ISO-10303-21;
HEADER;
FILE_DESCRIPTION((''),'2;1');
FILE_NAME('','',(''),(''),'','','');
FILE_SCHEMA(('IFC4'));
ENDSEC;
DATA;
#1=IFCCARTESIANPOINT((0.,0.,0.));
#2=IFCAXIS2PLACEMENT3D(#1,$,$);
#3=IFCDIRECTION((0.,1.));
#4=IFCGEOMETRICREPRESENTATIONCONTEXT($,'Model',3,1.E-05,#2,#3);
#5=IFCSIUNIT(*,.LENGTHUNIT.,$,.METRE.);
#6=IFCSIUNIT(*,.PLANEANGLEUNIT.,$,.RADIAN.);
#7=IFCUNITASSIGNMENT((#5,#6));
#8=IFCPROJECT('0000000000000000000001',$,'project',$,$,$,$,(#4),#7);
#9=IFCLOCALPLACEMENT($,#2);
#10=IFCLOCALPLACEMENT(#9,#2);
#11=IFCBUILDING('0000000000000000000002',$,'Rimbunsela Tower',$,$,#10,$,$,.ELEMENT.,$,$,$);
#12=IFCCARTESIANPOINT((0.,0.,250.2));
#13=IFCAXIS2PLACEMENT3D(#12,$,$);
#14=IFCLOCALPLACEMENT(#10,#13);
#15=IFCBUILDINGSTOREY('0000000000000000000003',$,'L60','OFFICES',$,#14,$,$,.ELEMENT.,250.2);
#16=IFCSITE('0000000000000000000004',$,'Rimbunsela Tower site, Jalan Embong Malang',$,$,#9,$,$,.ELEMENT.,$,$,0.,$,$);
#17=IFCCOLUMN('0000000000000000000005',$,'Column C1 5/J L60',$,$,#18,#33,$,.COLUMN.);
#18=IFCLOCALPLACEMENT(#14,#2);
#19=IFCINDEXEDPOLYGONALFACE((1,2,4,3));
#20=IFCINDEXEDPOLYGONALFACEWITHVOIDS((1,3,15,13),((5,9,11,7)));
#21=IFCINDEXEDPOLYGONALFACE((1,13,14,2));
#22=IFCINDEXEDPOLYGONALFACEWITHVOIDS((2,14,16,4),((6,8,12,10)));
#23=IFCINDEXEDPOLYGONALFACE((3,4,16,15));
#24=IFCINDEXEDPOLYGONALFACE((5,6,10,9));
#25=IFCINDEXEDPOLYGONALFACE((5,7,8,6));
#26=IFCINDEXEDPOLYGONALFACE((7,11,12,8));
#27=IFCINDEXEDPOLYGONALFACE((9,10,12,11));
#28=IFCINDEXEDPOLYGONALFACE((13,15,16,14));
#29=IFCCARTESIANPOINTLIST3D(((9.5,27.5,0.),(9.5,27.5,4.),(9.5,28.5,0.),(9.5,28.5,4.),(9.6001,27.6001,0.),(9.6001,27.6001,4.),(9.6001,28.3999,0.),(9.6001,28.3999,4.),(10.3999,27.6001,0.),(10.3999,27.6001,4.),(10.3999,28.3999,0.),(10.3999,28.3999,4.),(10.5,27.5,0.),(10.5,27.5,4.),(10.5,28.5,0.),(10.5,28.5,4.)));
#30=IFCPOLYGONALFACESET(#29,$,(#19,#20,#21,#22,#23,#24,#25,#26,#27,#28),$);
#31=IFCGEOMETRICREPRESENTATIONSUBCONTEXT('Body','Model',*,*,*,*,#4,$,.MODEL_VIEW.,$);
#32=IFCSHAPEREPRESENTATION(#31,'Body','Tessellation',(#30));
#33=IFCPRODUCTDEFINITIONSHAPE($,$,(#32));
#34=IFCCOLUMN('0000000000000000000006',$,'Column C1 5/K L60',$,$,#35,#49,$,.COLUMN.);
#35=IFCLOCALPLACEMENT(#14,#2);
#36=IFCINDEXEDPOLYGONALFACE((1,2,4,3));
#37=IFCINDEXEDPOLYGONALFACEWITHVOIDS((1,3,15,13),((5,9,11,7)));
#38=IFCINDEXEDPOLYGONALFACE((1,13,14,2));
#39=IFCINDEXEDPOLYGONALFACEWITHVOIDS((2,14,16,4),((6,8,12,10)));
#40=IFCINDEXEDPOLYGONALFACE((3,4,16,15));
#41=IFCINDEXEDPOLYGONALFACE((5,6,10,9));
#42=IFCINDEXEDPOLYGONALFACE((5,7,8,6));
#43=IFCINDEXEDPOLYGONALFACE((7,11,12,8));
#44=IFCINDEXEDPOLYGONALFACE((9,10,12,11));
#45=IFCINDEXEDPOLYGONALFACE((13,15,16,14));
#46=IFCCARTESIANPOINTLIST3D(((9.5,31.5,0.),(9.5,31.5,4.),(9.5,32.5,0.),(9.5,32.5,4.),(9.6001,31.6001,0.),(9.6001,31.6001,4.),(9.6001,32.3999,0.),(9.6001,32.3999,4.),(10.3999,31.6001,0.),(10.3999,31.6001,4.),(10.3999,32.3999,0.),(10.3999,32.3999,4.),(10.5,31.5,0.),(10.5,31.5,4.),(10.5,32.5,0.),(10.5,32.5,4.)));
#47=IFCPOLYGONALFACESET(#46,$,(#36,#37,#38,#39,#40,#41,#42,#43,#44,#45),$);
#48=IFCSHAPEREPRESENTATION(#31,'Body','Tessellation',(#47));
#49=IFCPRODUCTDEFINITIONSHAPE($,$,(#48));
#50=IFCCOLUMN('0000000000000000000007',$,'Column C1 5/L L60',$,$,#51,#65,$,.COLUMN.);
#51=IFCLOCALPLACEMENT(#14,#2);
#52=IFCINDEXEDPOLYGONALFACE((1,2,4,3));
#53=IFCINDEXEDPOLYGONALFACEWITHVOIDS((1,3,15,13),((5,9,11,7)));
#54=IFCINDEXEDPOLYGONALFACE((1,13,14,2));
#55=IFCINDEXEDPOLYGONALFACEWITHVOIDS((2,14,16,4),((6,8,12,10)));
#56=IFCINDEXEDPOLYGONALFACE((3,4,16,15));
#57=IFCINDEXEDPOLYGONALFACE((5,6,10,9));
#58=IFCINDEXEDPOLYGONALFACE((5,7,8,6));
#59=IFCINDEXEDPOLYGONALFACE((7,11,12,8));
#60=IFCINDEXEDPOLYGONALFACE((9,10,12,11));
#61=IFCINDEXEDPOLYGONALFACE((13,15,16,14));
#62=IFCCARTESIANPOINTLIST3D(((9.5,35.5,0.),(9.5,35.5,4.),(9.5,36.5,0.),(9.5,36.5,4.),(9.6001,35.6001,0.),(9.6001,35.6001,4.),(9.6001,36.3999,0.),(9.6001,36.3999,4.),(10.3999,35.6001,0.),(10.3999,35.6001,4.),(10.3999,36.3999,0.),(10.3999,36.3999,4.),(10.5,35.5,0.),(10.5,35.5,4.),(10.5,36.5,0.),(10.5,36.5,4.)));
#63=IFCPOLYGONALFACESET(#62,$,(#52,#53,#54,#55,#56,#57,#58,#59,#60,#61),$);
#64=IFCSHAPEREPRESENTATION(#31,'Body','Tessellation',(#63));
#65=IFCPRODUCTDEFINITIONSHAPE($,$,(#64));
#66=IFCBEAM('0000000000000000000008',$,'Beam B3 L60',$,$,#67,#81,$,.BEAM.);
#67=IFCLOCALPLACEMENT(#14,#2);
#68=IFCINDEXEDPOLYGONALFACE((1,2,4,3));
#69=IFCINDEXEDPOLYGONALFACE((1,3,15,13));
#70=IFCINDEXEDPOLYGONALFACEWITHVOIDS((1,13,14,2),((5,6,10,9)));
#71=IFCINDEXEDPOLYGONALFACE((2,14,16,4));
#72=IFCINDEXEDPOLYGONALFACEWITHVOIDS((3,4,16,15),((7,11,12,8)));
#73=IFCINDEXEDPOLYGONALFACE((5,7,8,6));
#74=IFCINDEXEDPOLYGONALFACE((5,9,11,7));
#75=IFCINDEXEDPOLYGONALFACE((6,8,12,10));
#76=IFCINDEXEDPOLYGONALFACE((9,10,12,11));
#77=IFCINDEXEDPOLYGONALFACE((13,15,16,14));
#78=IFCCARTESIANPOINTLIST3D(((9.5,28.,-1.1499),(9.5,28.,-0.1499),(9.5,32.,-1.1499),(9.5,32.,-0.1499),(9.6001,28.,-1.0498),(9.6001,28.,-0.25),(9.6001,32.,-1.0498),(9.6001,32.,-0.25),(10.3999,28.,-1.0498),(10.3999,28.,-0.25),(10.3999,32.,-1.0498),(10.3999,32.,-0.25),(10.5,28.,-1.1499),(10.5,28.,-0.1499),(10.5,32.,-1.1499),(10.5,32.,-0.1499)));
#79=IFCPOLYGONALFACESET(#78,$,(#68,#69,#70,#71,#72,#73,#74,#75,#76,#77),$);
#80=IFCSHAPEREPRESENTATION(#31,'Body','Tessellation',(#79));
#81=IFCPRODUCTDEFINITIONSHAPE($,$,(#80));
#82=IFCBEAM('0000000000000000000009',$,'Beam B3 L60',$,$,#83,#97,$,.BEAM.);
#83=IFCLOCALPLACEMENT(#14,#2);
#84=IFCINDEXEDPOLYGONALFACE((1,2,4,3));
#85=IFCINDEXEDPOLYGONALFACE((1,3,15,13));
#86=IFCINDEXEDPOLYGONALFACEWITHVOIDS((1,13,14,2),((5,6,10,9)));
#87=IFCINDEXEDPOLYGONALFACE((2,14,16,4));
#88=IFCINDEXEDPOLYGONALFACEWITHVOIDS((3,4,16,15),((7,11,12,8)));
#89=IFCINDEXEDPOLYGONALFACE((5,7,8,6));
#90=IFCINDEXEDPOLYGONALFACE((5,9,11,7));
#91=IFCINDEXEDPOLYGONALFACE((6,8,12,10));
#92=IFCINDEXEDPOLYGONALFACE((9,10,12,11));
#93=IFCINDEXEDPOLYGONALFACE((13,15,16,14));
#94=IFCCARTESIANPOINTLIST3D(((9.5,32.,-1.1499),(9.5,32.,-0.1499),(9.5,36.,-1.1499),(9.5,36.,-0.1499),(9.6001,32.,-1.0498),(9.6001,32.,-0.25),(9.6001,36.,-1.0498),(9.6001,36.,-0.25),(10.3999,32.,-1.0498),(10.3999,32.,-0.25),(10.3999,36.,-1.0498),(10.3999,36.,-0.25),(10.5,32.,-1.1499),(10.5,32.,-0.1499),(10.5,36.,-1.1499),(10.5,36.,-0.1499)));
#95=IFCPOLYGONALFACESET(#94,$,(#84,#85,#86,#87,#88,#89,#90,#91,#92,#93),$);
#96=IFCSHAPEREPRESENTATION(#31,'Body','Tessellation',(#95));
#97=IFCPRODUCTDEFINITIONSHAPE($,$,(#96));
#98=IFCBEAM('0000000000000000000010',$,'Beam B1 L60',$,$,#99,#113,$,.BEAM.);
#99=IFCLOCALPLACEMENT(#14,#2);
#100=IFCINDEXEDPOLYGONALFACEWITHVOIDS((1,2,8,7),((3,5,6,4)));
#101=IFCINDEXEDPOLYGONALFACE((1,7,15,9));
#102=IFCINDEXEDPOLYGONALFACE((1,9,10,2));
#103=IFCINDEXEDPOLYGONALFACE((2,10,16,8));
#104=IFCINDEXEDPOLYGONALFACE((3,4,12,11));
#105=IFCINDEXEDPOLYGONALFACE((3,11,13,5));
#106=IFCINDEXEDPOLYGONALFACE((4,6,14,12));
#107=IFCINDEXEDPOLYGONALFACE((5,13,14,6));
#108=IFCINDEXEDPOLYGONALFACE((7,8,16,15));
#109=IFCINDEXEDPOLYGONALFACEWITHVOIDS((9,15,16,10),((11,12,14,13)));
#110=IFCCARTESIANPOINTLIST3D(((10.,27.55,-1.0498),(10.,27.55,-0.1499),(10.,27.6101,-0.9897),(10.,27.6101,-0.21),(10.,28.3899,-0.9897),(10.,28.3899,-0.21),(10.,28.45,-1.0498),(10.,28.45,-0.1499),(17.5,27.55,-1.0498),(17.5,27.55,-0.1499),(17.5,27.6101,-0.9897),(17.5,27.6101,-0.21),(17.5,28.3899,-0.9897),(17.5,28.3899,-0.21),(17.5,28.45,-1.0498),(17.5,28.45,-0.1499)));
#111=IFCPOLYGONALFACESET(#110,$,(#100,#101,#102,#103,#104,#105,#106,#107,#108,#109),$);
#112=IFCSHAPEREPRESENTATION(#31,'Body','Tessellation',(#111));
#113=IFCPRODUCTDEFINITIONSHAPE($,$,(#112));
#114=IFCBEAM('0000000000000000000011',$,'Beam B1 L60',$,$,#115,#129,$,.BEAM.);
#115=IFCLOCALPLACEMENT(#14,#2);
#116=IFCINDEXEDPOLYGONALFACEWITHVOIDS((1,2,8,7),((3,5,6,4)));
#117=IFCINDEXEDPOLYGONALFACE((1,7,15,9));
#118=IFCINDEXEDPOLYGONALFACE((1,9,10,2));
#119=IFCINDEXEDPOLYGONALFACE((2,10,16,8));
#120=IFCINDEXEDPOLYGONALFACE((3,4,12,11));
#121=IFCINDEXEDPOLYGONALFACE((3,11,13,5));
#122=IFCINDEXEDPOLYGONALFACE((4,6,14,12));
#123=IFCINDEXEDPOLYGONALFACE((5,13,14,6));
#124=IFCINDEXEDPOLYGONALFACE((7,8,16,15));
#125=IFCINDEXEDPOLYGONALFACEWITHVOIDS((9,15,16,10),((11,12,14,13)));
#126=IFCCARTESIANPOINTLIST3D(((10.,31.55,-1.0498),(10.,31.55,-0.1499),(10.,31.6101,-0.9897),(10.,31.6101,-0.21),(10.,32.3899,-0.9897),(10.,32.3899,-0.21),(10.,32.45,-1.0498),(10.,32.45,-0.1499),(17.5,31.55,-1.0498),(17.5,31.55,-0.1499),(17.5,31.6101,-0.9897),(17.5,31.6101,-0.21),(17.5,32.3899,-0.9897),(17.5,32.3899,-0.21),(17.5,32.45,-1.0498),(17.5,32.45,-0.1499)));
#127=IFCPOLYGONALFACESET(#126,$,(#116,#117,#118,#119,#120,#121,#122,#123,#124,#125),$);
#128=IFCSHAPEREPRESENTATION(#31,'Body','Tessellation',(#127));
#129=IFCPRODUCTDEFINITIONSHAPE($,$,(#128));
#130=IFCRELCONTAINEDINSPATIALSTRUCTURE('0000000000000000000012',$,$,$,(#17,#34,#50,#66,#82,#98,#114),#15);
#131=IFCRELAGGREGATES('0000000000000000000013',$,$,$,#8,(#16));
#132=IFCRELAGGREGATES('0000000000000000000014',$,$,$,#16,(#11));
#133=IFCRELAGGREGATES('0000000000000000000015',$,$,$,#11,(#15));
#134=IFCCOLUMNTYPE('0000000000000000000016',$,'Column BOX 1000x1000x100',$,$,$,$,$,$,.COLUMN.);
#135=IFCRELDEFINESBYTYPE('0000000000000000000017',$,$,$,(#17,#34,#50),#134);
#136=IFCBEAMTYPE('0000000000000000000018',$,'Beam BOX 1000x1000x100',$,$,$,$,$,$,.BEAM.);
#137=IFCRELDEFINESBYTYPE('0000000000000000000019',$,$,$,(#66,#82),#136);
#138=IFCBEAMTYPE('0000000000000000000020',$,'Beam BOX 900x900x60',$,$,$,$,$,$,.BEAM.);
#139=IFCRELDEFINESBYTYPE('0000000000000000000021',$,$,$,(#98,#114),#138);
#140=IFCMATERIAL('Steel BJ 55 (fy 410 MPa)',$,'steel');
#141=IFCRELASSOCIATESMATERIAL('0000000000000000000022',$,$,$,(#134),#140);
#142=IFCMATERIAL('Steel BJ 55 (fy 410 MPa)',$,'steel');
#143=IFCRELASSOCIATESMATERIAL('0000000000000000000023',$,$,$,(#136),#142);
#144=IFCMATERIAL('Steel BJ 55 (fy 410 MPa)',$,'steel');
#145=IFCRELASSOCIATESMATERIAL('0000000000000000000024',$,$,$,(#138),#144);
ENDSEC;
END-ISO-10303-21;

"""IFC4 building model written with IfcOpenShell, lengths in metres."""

from ifc_helpers import new_model, si_unit, direction, frame, origin, origin_2d, place, context, subcontext, project, spatial, hollow_rectangle, extrude, material, material_profile, profile_set, type_object, element, save


model = new_model("IFC4")

# Units and contexts
model_context = context("Model", 3, precision=1e-05, world=origin(), true_north=direction((0.0, 1.0)))
body_context = subcontext(model_context, "Body", "Model", "MODEL_VIEW")
ifc_project = project(units=[si_unit("LENGTHUNIT", "METRE"), si_unit("PLANEANGLEUNIT", "RADIAN")], contexts=[model_context])

# Site, building, storey
site_placement = place(None, origin())
site = spatial("IfcSite", under=ifc_project, at=site_placement, Name="Rimbunsela Tower site, Jalan Embong Malang", CompositionType="ELEMENT", RefElevation=0.0)
building_placement = place(site_placement, origin())
building = spatial("IfcBuilding", under=site, at=building_placement, Name="Rimbunsela Tower", CompositionType="ELEMENT")
storey_placement = place(building_placement, frame((0.0, 0.0, 250.2)))
storey = spatial("IfcBuildingStorey", under=building, at=storey_placement, Name="L60", Description="OFFICES", CompositionType="ELEMENT", Elevation=250.2)

# Columns
ifc_material_1 = material(Name="Steel BJ 55 (fy 410 MPa)", Category="steel")
ifc_material_profile_1 = material_profile(ifc_material_1, hollow_rectangle(XDim=1.0, YDim=1.0, WallThickness=0.1001, at=origin_2d()), Name="BOX 1000x1000x100")
ifc_profile_set_1 = profile_set([ifc_material_profile_1], Name="Steel BJ 55 (fy 410 MPa)")
column_type = type_object("IfcColumnType", Name="Column BOX 1000x1000x100", PredefinedType="COLUMN", material=ifc_profile_set_1)
for number, where, z_axis, x_axis, name in (
    (1, (10.0, 28.0, 0.0), (0.0, 0.0, 1.0), (1.0, 0.0, 0.0), "Column C1 5/J L60"),
    (2, (10.0, 32.0, 0.0), (0.0, 0.0, 1.0), (1.0, 0.0, 0.0), "Column C1 5/K L60"),
    (3, (10.0, 36.0, 0.0), (0.0, 0.0, 1.0), (1.0, 0.0, 0.0), "Column C1 5/L L60"),
):
    element("IfcColumn", number, at=place(storey_placement, frame(where, z_axis=z_axis, x_axis=x_axis)), inside=storey, type_object=column_type, Name=name, PredefinedType="COLUMN", context=body_context, shape_type="SweptSolid", body=[
        extrude(hollow_rectangle(XDim=1.0, YDim=1.0, WallThickness=0.1001, at=origin_2d()), origin(), (0.0, 0.0, 1.0), 4.0),
    ])

# Beams
ifc_material_2 = material(Name="Steel BJ 55 (fy 410 MPa)", Category="steel")
ifc_material_profile_2 = material_profile(ifc_material_2, hollow_rectangle(XDim=1.0, YDim=1.0, WallThickness=0.1001, at=origin_2d()), Name="BOX 1000x1000x100")
ifc_profile_set_2 = profile_set([ifc_material_profile_2], Name="Steel BJ 55 (fy 410 MPa)")
beam_type_1 = type_object("IfcBeamType", Name="Beam BOX 1000x1000x100", PredefinedType="BEAM", material=ifc_profile_set_2)
for number, where, z_axis, x_axis, name in (
    (4, (10.0, 28.0, -0.6499), (0.0, 1.0, 0.0), (-1.0, 0.0, 0.0), "Beam B3 L60"),
    (5, (10.0, 32.0, -0.6499), (0.0, 1.0, 0.0), (-1.0, 0.0, 0.0), "Beam B3 L60"),
):
    element("IfcBeam", number, at=place(storey_placement, frame(where, z_axis=z_axis, x_axis=x_axis)), inside=storey, type_object=beam_type_1, Name=name, PredefinedType="BEAM", context=body_context, shape_type="SweptSolid", body=[
        extrude(hollow_rectangle(XDim=1.0, YDim=1.0, WallThickness=0.1001, at=origin_2d()), origin(), (0.0, 0.0, 1.0), 4.0),
    ])
ifc_material_3 = material(Name="Steel BJ 55 (fy 410 MPa)", Category="steel")
ifc_material_profile_3 = material_profile(ifc_material_3, hollow_rectangle(XDim=0.8999, YDim=0.8999, WallThickness=0.0601, at=origin_2d()), Name="BOX 900x900x60")
ifc_profile_set_3 = profile_set([ifc_material_profile_3], Name="Steel BJ 55 (fy 410 MPa)")
beam_type_2 = type_object("IfcBeamType", Name="Beam BOX 900x900x60", PredefinedType="BEAM", material=ifc_profile_set_3)
for number, where, z_axis, x_axis, name in (
    (6, (10.0, 28.0, -0.5999), (1.0, 0.0, 0.0), (0.0, 1.0, 0.0), "Beam B1 L60"),
    (7, (10.0, 32.0, -0.5999), (1.0, 0.0, 0.0), (0.0, 1.0, 0.0), "Beam B1 L60"),
):
    element("IfcBeam", number, at=place(storey_placement, frame(where, z_axis=z_axis, x_axis=x_axis)), inside=storey, type_object=beam_type_2, Name=name, PredefinedType="BEAM", context=body_context, shape_type="SweptSolid", body=[
        extrude(hollow_rectangle(XDim=0.8999, YDim=0.8999, WallThickness=0.0601, at=origin_2d()), origin(), (0.0, 0.0, 1.0), 7.5),
    ])

save(model, "model.ifc")
